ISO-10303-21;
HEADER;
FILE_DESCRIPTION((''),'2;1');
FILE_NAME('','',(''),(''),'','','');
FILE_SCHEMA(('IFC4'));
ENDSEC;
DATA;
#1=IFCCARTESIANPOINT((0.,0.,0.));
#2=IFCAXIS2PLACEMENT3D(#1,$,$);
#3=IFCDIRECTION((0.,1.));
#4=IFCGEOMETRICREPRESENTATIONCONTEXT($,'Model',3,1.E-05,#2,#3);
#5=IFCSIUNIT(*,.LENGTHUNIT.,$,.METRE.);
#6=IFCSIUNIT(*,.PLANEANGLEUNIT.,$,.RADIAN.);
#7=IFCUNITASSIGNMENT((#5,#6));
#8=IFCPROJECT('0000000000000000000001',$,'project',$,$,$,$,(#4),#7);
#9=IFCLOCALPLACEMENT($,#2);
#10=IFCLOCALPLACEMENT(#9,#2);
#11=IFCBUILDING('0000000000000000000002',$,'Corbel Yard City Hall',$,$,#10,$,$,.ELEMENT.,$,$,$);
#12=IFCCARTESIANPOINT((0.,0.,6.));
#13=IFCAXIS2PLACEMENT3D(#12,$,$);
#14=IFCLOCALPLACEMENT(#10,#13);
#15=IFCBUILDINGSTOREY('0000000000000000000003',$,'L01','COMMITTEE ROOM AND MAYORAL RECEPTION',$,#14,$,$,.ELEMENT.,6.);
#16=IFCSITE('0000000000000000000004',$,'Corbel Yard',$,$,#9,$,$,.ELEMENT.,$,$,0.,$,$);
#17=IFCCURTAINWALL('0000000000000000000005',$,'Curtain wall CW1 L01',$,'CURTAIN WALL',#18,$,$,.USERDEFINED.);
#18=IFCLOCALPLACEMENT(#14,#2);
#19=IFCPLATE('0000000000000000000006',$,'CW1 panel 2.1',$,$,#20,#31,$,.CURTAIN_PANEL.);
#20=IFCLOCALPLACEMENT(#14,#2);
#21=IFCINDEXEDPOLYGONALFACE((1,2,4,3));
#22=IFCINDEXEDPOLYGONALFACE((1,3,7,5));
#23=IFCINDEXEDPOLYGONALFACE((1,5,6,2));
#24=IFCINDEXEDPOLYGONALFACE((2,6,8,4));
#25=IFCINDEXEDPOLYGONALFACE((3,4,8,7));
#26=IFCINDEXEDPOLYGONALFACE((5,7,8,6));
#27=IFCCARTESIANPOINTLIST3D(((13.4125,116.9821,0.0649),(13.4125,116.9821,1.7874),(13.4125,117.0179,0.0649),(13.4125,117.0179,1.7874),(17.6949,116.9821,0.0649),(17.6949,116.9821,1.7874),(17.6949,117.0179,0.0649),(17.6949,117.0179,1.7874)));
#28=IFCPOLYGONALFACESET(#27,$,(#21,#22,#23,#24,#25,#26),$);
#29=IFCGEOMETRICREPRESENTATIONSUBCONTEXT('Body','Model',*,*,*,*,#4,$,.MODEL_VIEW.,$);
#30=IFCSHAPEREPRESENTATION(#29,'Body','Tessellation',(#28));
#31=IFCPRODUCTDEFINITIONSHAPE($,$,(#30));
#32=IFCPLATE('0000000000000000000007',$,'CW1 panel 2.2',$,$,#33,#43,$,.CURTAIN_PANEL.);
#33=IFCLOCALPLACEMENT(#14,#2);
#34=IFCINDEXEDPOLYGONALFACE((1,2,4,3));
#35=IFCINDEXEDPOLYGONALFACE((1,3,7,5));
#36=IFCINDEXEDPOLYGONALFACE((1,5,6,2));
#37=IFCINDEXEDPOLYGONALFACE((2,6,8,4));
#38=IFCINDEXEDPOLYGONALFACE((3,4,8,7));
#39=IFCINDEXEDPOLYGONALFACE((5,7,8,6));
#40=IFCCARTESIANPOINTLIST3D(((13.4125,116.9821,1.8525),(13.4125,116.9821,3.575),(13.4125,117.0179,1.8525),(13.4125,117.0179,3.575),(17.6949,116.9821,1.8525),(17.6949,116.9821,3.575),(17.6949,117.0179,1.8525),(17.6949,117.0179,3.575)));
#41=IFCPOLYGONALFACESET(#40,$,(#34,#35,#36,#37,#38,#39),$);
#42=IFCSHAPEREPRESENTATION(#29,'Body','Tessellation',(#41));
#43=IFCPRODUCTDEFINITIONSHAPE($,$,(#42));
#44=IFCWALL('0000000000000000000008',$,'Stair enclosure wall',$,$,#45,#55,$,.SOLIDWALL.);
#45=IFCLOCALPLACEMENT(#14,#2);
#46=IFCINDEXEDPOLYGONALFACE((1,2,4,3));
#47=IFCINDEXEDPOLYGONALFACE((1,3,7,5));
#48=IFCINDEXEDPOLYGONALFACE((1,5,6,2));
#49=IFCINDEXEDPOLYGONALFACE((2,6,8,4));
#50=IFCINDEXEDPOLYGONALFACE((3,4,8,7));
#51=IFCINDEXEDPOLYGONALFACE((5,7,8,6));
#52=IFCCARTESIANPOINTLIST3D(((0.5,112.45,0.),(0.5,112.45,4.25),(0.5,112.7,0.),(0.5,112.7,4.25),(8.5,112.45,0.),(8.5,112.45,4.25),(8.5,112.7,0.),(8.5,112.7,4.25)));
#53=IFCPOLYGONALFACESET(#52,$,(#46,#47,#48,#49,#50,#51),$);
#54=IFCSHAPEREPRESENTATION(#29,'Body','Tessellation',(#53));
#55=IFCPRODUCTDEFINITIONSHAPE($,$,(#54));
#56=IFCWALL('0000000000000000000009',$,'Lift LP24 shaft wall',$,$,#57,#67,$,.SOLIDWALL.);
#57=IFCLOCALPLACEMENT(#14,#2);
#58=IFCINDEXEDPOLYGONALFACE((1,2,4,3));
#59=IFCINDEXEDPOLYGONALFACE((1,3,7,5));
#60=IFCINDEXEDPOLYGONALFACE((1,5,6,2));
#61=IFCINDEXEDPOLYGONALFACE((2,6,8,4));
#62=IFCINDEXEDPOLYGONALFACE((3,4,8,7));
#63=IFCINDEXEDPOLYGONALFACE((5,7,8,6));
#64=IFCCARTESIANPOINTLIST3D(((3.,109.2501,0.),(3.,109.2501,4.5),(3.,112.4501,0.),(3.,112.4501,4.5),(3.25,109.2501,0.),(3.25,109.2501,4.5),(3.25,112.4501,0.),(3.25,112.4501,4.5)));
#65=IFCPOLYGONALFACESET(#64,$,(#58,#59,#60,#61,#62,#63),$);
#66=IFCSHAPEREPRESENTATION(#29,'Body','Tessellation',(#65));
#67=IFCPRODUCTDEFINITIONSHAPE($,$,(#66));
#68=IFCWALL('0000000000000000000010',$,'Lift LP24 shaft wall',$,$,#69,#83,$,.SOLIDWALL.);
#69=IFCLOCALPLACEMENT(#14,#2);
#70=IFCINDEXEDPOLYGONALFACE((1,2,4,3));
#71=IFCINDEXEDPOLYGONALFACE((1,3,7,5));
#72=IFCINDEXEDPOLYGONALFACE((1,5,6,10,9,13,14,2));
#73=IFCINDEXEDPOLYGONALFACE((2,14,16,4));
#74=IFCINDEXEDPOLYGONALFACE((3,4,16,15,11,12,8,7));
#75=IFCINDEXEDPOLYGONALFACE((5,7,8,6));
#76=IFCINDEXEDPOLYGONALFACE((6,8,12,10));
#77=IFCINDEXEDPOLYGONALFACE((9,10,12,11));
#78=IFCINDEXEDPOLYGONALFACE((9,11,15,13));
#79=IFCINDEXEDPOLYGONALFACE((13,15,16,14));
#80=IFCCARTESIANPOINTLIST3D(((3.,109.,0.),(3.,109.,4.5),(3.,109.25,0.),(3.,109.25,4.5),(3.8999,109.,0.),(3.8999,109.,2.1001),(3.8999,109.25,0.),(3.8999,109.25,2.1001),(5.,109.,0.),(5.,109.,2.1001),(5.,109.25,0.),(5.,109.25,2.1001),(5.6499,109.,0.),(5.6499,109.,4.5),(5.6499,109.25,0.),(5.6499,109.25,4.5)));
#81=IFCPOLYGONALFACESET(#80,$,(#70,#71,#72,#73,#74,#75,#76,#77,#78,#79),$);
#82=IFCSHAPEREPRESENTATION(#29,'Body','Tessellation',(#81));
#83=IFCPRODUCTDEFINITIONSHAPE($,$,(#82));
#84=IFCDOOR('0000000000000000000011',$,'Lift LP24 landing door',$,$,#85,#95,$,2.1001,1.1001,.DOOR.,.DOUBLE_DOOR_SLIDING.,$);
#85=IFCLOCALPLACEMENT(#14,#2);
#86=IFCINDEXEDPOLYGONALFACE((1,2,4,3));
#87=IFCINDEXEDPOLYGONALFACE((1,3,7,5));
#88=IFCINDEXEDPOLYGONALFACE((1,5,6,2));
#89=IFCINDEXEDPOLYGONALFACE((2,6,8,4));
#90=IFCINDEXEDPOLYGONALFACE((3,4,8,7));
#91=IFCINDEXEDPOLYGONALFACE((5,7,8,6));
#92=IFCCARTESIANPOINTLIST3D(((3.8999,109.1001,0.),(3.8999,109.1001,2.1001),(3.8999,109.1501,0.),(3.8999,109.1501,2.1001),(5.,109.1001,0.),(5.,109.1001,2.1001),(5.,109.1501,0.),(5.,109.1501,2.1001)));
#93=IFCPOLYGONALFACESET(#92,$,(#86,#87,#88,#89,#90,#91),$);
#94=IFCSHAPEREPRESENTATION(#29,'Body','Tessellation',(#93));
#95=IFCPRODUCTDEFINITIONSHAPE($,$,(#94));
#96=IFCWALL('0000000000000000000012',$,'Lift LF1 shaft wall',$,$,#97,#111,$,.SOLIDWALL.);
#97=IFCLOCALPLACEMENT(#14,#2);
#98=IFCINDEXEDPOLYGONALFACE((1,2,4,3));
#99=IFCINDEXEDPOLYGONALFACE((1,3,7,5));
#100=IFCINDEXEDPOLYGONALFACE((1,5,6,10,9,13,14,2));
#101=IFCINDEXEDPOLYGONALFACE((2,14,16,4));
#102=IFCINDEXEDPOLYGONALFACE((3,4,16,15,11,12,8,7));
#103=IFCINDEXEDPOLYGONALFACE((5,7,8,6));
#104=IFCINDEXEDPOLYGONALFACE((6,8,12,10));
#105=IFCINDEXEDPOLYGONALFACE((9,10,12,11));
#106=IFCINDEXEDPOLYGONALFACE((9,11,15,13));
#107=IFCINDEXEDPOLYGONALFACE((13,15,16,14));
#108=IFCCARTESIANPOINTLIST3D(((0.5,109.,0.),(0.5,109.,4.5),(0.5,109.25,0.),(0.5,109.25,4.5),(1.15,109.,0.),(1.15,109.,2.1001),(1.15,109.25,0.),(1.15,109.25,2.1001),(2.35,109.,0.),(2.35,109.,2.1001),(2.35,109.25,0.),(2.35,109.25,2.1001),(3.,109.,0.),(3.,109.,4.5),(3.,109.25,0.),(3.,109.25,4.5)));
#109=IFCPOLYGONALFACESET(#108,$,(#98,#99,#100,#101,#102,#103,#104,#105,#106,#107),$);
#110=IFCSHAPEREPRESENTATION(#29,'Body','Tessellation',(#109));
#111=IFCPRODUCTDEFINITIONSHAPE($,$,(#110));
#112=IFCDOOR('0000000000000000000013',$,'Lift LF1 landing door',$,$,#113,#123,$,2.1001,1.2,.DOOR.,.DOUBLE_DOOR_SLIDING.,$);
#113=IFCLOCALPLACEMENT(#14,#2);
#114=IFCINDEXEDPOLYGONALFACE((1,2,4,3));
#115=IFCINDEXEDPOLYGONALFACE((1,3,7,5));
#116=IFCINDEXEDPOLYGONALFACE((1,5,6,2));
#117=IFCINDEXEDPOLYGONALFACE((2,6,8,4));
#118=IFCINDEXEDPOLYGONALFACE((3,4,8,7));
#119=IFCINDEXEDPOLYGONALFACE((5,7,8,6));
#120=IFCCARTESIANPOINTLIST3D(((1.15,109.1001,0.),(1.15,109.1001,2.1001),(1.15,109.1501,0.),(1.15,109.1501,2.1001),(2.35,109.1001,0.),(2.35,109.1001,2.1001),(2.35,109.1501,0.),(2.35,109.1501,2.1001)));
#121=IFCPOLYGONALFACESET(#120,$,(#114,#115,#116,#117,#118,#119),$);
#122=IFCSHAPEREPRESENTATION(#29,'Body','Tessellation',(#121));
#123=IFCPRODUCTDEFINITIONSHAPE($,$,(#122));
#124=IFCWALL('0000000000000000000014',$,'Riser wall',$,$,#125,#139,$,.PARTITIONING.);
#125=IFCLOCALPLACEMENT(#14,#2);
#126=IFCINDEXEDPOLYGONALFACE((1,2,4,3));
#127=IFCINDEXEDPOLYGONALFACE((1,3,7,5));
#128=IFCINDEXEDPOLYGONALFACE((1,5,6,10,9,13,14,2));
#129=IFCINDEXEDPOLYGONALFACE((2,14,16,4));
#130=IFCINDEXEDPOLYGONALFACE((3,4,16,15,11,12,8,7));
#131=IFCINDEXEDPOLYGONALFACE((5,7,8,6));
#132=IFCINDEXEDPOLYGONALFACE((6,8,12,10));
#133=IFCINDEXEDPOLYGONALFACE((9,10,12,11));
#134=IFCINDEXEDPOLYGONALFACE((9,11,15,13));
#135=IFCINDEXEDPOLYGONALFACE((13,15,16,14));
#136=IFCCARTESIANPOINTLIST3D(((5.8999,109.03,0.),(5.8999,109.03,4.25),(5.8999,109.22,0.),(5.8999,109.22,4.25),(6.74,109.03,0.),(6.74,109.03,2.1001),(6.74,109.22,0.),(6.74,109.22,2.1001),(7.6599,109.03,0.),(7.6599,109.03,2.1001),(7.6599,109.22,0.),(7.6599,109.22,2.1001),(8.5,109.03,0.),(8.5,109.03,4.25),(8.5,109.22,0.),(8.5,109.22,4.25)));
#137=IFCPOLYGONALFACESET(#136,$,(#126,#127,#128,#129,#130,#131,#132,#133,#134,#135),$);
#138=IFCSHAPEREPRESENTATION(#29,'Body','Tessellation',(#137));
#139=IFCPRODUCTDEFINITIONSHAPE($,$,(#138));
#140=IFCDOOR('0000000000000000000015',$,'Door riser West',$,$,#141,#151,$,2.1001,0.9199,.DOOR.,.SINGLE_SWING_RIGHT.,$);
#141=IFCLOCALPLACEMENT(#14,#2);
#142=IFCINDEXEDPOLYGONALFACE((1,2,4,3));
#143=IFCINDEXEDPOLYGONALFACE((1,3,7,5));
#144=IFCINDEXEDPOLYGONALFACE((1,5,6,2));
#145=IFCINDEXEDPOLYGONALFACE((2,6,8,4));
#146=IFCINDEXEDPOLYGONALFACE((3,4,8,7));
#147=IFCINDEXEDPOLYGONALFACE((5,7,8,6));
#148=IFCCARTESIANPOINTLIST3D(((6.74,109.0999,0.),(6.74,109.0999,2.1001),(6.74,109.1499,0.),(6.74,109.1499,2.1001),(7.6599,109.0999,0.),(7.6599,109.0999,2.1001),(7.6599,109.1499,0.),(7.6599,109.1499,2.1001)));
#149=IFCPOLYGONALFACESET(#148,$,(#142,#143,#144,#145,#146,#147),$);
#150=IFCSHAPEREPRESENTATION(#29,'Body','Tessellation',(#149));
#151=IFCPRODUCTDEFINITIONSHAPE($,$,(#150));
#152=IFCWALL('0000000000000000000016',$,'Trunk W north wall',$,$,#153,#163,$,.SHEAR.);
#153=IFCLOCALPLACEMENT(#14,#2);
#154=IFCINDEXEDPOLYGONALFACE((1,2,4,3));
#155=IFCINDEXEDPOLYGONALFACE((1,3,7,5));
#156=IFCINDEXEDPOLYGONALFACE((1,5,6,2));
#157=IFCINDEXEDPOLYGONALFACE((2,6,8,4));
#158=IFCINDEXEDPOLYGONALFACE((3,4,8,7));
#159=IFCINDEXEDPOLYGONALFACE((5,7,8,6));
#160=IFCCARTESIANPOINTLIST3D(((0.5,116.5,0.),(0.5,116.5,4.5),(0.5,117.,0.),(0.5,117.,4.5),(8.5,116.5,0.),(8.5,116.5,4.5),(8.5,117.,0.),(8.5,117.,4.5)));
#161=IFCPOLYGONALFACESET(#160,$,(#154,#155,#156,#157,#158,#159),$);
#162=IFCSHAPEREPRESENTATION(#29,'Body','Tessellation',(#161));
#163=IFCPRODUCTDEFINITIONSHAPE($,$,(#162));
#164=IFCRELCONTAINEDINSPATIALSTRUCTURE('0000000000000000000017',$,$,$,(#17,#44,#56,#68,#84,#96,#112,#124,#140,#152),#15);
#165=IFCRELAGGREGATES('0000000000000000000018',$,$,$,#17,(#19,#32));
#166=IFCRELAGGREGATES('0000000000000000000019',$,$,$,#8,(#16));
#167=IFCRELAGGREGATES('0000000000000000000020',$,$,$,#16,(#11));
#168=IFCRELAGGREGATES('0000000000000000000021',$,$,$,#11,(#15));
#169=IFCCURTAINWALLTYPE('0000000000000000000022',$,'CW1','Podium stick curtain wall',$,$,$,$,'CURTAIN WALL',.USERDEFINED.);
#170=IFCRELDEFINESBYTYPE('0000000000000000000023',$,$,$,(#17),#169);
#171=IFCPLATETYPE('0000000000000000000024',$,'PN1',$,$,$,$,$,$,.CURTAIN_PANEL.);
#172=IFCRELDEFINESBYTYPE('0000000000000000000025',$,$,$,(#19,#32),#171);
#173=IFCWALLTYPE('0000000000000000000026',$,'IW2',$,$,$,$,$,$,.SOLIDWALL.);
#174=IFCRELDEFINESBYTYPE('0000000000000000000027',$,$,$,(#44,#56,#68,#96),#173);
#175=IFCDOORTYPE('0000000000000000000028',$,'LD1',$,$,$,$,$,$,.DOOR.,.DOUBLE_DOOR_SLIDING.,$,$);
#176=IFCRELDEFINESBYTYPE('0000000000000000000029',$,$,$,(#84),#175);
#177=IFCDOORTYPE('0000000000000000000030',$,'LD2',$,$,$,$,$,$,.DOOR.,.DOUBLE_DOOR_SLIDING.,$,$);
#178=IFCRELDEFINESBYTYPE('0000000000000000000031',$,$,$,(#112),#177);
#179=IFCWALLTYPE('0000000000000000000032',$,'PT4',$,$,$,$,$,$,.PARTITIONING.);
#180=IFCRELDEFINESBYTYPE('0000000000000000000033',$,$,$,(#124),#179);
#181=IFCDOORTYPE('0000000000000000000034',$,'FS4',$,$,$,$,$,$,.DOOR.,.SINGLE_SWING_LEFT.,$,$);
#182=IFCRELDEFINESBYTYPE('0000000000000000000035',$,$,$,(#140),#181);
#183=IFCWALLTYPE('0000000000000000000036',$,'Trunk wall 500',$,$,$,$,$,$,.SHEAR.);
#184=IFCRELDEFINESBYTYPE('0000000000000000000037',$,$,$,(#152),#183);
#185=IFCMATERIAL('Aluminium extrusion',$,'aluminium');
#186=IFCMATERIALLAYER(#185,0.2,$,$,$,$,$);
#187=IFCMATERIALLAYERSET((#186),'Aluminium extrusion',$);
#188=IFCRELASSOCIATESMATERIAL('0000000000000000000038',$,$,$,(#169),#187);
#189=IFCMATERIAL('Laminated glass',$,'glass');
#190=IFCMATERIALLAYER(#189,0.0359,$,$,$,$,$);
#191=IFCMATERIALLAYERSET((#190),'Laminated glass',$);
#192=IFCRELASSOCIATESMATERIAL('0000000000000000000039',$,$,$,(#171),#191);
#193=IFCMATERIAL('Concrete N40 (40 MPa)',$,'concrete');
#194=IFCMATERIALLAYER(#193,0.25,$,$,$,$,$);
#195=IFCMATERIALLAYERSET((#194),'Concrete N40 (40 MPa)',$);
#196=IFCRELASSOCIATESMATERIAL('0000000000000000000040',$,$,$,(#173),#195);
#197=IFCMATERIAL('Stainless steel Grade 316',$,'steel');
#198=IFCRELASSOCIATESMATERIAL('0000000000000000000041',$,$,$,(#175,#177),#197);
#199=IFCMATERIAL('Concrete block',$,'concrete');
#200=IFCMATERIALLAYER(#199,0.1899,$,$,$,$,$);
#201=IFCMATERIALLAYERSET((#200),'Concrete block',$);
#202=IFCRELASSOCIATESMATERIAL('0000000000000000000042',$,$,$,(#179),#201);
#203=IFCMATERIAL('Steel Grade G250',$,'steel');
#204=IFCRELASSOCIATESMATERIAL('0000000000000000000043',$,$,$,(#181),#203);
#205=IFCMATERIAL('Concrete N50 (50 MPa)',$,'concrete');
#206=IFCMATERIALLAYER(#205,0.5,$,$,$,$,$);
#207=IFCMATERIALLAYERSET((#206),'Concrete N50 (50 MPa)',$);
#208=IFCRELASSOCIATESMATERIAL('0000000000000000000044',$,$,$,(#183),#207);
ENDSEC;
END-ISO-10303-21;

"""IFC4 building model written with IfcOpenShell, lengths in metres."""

from ifc_helpers import new_model, si_unit, direction, frame, frame_2d, origin, origin_2d, place, context, subcontext, project, spatial, rectangle, extrude, material, layer, layer_set, type_object, element, fill, aggregate, save


model = new_model("IFC4")

# Units and contexts
model_context = context("Model", 3, precision=1e-05, world=origin(), true_north=direction((0.0, 1.0)))
body_context = subcontext(model_context, "Body", "Model", "MODEL_VIEW")
ifc_project = project(units=[si_unit("LENGTHUNIT", "METRE"), si_unit("PLANEANGLEUNIT", "RADIAN")], contexts=[model_context])

# Site, building, storey
site_placement = place(None, origin())
site = spatial("IfcSite", under=ifc_project, at=site_placement, Name="Corbel Yard", CompositionType="ELEMENT", RefElevation=0.0)
building_placement = place(site_placement, origin())
building = spatial("IfcBuilding", under=site, at=building_placement, Name="Corbel Yard City Hall", CompositionType="ELEMENT")
storey_placement = place(building_placement, frame((0.0, 0.0, 6.0)))
storey = spatial("IfcBuildingStorey", under=building, at=storey_placement, Name="L01", Description="COMMITTEE ROOM AND MAYORAL RECEPTION", CompositionType="ELEMENT", Elevation=6.0)

# Curtain wall, plates
ifc_material_1 = material(Name="Aluminium extrusion", Category="aluminium")
ifc_layer_1 = layer(ifc_material_1, 0.2)
ifc_layer_set_1 = layer_set([ifc_layer_1], Name="Aluminium extrusion")
curtain_wall_type = type_object("IfcCurtainWallType", Name="CW1", Description="Podium stick curtain wall", ElementType="CURTAIN WALL", PredefinedType="USERDEFINED", material=ifc_layer_set_1)
curtain_wall_placement = place(storey_placement, origin())
curtain_wall = element("IfcCurtainWall", 1, at=curtain_wall_placement, inside=storey, type_object=curtain_wall_type, Name="Curtain wall CW1 L01", ObjectType="CURTAIN WALL", PredefinedType="USERDEFINED")
ifc_material_2 = material(Name="Laminated glass", Category="glass")
ifc_layer_2 = layer(ifc_material_2, 0.0359)
ifc_layer_set_2 = layer_set([ifc_layer_2], Name="Laminated glass")
plate_type = type_object("IfcPlateType", Name="PN1", PredefinedType="CURTAIN_PANEL", material=ifc_layer_set_2)
plate_1_placement = place(storey_placement, frame((15.5537, 117.0, 0.0649), z_axis=(0.0, 0.0, 1.0), x_axis=(1.0, 0.0, 0.0)))
plate_1 = element("IfcPlate", 2, at=plate_1_placement, type_object=plate_type, Name="CW1 panel 2.1", PredefinedType="CURTAIN_PANEL", context=body_context, shape_type="SweptSolid", body=[
    extrude(rectangle(XDim=4.2825, YDim=0.0359, at=origin_2d()), origin(), (0.0, 0.0, 1.0), 1.7224),
])
plate_2_placement = place(storey_placement, frame((15.5537, 117.0, 1.8525), z_axis=(0.0, 0.0, 1.0), x_axis=(1.0, 0.0, 0.0)))
plate_2 = element("IfcPlate", 3, at=plate_2_placement, type_object=plate_type, Name="CW1 panel 2.2", PredefinedType="CURTAIN_PANEL", context=body_context, shape_type="SweptSolid", body=[
    extrude(rectangle(XDim=4.2825, YDim=0.0359, at=origin_2d()), origin(), (0.0, 0.0, 1.0), 1.7224),
])
aggregate(curtain_wall, [plate_1, plate_2])

# Walls
ifc_material_3 = material(Name="Concrete N40 (40 MPa)", Category="concrete")
ifc_layer_3 = layer(ifc_material_3, 0.25)
ifc_layer_set_3 = layer_set([ifc_layer_3], Name="Concrete N40 (40 MPa)")
wall_type_1 = type_object("IfcWallType", Name="IW2", PredefinedType="SOLIDWALL", material=ifc_layer_set_3)
wall_1_placement = place(storey_placement, frame((8.5, 112.575, 0.0), z_axis=(0.0, 0.0, 1.0), x_axis=(-1.0, 0.0, 0.0)))
element("IfcWall", 4, at=wall_1_placement, inside=storey, type_object=wall_type_1, Name="Stair enclosure wall", PredefinedType="SOLIDWALL", context=body_context, shape_type="SweptSolid", body=[
    extrude(rectangle(XDim=8.0, YDim=0.25, at=frame_2d((4.0, 0.0))), origin(), (0.0, 0.0, 1.0), 4.25),
])
wall_2_placement = place(storey_placement, frame((3.125, 109.25, 0.0), z_axis=(0.0, 0.0, 1.0), x_axis=(0.0, 1.0, 0.0)))
element("IfcWall", 5, at=wall_2_placement, inside=storey, type_object=wall_type_1, Name="Lift LP24 shaft wall", PredefinedType="SOLIDWALL", context=body_context, shape_type="SweptSolid", body=[
    extrude(rectangle(XDim=3.2, YDim=0.25, at=frame_2d((1.6001, 0.0))), origin(), (0.0, 0.0, 1.0), 4.5),
])

# Walls, openings, doors
wall_3_placement = place(storey_placement, frame((5.6499, 109.125, 0.0), z_axis=(0.0, 0.0, 1.0), x_axis=(-1.0, 0.0, 0.0)))
wall_3 = element("IfcWall", 6, at=wall_3_placement, inside=storey, type_object=wall_type_1, Name="Lift LP24 shaft wall", PredefinedType="SOLIDWALL", context=body_context, shape_type="SweptSolid", body=[
    extrude(rectangle(XDim=2.6499, YDim=0.25, at=frame_2d((1.325, 0.0))), origin(), (0.0, 0.0, 1.0), 4.5),
])
opening_1_placement = place(wall_3_placement, frame((0.6499, 0.0, 0.0)))
opening_1 = element("IfcOpeningElement", 7, at=opening_1_placement, cuts=wall_3, PredefinedType="OPENING", context=body_context, shape_type="SweptSolid", body=[
    extrude(rectangle(XDim=1.1001, YDim=2.1001, at=frame_2d((0.55, 1.05))), frame((0.0, 0.135, 0.0), z_axis=(0.0, -1.0, 0.0), x_axis=(1.0, 0.0, 0.0)), (0.0, 0.0, 1.0), 0.27),
])
ifc_material_4 = material(Name="Stainless steel Grade 316", Category="steel")
door_type_1 = type_object("IfcDoorType", Name="LD1", OperationType="DOUBLE_DOOR_SLIDING", PredefinedType="DOOR", material=ifc_material_4)
door_1_placement = place(opening_1_placement, origin())
door_1 = element("IfcDoor", 8, at=door_1_placement, inside=storey, type_object=door_type_1, Name="Lift LP24 landing door", OperationType="DOUBLE_DOOR_SLIDING", OverallHeight=2.1001, OverallWidth=1.1001, PredefinedType="DOOR", context=body_context, shape_type="SweptSolid", body=[
    extrude(rectangle(XDim=1.1001, YDim=2.1001, at=frame_2d((0.55, 1.05))), frame((0.0, 0.0249, 0.0), z_axis=(0.0, -1.0, 0.0), x_axis=(1.0, 0.0, 0.0)), (0.0, 0.0, 1.0), 0.05),
])
fill(opening_1, door_1)
wall_4_placement = place(storey_placement, frame((3.0, 109.125, 0.0), z_axis=(0.0, 0.0, 1.0), x_axis=(-1.0, 0.0, 0.0)))
wall_4 = element("IfcWall", 9, at=wall_4_placement, inside=storey, type_object=wall_type_1, Name="Lift LF1 shaft wall", PredefinedType="SOLIDWALL", context=body_context, shape_type="SweptSolid", body=[
    extrude(rectangle(XDim=2.5, YDim=0.25, at=frame_2d((1.25, 0.0))), origin(), (0.0, 0.0, 1.0), 4.5),
])
opening_2_placement = place(wall_4_placement, frame((0.6499, 0.0, 0.0)))
opening_2 = element("IfcOpeningElement", 10, at=opening_2_placement, cuts=wall_4, PredefinedType="OPENING", context=body_context, shape_type="SweptSolid", body=[
    extrude(rectangle(XDim=1.2, YDim=2.1001, at=frame_2d((0.6001, 1.05))), frame((0.0, 0.135, 0.0), z_axis=(0.0, -1.0, 0.0), x_axis=(1.0, 0.0, 0.0)), (0.0, 0.0, 1.0), 0.27),
])
door_type_2 = type_object("IfcDoorType", Name="LD2", OperationType="DOUBLE_DOOR_SLIDING", PredefinedType="DOOR", material=ifc_material_4)
door_2_placement = place(opening_2_placement, origin())
door_2 = element("IfcDoor", 11, at=door_2_placement, inside=storey, type_object=door_type_2, Name="Lift LF1 landing door", OperationType="DOUBLE_DOOR_SLIDING", OverallHeight=2.1001, OverallWidth=1.2, PredefinedType="DOOR", context=body_context, shape_type="SweptSolid", body=[
    extrude(rectangle(XDim=1.2, YDim=2.1001, at=frame_2d((0.6001, 1.05))), frame((0.0, 0.0249, 0.0), z_axis=(0.0, -1.0, 0.0), x_axis=(1.0, 0.0, 0.0)), (0.0, 0.0, 1.0), 0.05),
])
fill(opening_2, door_2)
ifc_material_5 = material(Name="Concrete block", Category="concrete")
ifc_layer_4 = layer(ifc_material_5, 0.1899)
ifc_layer_set_4 = layer_set([ifc_layer_4], Name="Concrete block")
wall_type_2 = type_object("IfcWallType", Name="PT4", PredefinedType="PARTITIONING", material=ifc_layer_set_4)
wall_5_placement = place(storey_placement, frame((8.5, 109.125, 0.0), z_axis=(0.0, 0.0, 1.0), x_axis=(-1.0, 0.0, 0.0)))
wall_5 = element("IfcWall", 12, at=wall_5_placement, inside=storey, type_object=wall_type_2, Name="Riser wall", PredefinedType="PARTITIONING", context=body_context, shape_type="SweptSolid", body=[
    extrude(rectangle(XDim=2.6001, YDim=0.1899, at=frame_2d((1.3, 0.0))), origin(), (0.0, 0.0, 1.0), 4.25),
])
opening_3_placement = place(wall_5_placement, frame((0.8401, 0.0, 0.0)))
opening_3 = element("IfcOpeningElement", 13, at=opening_3_placement, cuts=wall_5, PredefinedType="OPENING", context=body_context, shape_type="SweptSolid", body=[
    extrude(rectangle(XDim=0.9199, YDim=2.1001, at=frame_2d((0.46, 1.05))), frame((0.0, 0.105, 0.0), z_axis=(0.0, -1.0, 0.0), x_axis=(1.0, 0.0, 0.0)), (0.0, 0.0, 1.0), 0.21),
])
ifc_material_6 = material(Name="Steel Grade G250", Category="steel")
door_type_3 = type_object("IfcDoorType", Name="FS4", OperationType="SINGLE_SWING_LEFT", PredefinedType="DOOR", material=ifc_material_6)
door_3_placement = place(opening_3_placement, frame((0.9199, 0.0, 0.0), z_axis=(0.0, 0.0, 1.0), x_axis=(-1.0, 0.0, 0.0)))
door_3 = element("IfcDoor", 14, at=door_3_placement, inside=storey, type_object=door_type_3, Name="Door riser West", OperationType="SINGLE_SWING_RIGHT", OverallHeight=2.1001, OverallWidth=0.9199, PredefinedType="DOOR", context=body_context, shape_type="SweptSolid", body=[
    extrude(rectangle(XDim=0.9199, YDim=2.1001, at=frame_2d((0.46, 1.05))), frame((0.0, 0.0249, 0.0), z_axis=(0.0, -1.0, 0.0), x_axis=(1.0, 0.0, 0.0)), (0.0, 0.0, 1.0), 0.05),
])
fill(opening_3, door_3)

# Wall
ifc_material_7 = material(Name="Concrete N50 (50 MPa)", Category="concrete")
ifc_layer_5 = layer(ifc_material_7, 0.5)
ifc_layer_set_5 = layer_set([ifc_layer_5], Name="Concrete N50 (50 MPa)")
wall_type_3 = type_object("IfcWallType", Name="Trunk wall 500", PredefinedType="SHEAR", material=ifc_layer_set_5)
wall_6_placement = place(storey_placement, frame((0.5, 116.75, 0.0), z_axis=(0.0, 0.0, 1.0), x_axis=(1.0, 0.0, 0.0)))
element("IfcWall", 15, at=wall_6_placement, inside=storey, type_object=wall_type_3, Name="Trunk W north wall", PredefinedType="SHEAR", context=body_context, shape_type="SweptSolid", body=[
    extrude(rectangle(XDim=8.0, YDim=0.5, at=frame_2d((4.0, 0.0))), origin(), (0.0, 0.0, 1.0), 4.5),
])

save(model, "model.ifc")
